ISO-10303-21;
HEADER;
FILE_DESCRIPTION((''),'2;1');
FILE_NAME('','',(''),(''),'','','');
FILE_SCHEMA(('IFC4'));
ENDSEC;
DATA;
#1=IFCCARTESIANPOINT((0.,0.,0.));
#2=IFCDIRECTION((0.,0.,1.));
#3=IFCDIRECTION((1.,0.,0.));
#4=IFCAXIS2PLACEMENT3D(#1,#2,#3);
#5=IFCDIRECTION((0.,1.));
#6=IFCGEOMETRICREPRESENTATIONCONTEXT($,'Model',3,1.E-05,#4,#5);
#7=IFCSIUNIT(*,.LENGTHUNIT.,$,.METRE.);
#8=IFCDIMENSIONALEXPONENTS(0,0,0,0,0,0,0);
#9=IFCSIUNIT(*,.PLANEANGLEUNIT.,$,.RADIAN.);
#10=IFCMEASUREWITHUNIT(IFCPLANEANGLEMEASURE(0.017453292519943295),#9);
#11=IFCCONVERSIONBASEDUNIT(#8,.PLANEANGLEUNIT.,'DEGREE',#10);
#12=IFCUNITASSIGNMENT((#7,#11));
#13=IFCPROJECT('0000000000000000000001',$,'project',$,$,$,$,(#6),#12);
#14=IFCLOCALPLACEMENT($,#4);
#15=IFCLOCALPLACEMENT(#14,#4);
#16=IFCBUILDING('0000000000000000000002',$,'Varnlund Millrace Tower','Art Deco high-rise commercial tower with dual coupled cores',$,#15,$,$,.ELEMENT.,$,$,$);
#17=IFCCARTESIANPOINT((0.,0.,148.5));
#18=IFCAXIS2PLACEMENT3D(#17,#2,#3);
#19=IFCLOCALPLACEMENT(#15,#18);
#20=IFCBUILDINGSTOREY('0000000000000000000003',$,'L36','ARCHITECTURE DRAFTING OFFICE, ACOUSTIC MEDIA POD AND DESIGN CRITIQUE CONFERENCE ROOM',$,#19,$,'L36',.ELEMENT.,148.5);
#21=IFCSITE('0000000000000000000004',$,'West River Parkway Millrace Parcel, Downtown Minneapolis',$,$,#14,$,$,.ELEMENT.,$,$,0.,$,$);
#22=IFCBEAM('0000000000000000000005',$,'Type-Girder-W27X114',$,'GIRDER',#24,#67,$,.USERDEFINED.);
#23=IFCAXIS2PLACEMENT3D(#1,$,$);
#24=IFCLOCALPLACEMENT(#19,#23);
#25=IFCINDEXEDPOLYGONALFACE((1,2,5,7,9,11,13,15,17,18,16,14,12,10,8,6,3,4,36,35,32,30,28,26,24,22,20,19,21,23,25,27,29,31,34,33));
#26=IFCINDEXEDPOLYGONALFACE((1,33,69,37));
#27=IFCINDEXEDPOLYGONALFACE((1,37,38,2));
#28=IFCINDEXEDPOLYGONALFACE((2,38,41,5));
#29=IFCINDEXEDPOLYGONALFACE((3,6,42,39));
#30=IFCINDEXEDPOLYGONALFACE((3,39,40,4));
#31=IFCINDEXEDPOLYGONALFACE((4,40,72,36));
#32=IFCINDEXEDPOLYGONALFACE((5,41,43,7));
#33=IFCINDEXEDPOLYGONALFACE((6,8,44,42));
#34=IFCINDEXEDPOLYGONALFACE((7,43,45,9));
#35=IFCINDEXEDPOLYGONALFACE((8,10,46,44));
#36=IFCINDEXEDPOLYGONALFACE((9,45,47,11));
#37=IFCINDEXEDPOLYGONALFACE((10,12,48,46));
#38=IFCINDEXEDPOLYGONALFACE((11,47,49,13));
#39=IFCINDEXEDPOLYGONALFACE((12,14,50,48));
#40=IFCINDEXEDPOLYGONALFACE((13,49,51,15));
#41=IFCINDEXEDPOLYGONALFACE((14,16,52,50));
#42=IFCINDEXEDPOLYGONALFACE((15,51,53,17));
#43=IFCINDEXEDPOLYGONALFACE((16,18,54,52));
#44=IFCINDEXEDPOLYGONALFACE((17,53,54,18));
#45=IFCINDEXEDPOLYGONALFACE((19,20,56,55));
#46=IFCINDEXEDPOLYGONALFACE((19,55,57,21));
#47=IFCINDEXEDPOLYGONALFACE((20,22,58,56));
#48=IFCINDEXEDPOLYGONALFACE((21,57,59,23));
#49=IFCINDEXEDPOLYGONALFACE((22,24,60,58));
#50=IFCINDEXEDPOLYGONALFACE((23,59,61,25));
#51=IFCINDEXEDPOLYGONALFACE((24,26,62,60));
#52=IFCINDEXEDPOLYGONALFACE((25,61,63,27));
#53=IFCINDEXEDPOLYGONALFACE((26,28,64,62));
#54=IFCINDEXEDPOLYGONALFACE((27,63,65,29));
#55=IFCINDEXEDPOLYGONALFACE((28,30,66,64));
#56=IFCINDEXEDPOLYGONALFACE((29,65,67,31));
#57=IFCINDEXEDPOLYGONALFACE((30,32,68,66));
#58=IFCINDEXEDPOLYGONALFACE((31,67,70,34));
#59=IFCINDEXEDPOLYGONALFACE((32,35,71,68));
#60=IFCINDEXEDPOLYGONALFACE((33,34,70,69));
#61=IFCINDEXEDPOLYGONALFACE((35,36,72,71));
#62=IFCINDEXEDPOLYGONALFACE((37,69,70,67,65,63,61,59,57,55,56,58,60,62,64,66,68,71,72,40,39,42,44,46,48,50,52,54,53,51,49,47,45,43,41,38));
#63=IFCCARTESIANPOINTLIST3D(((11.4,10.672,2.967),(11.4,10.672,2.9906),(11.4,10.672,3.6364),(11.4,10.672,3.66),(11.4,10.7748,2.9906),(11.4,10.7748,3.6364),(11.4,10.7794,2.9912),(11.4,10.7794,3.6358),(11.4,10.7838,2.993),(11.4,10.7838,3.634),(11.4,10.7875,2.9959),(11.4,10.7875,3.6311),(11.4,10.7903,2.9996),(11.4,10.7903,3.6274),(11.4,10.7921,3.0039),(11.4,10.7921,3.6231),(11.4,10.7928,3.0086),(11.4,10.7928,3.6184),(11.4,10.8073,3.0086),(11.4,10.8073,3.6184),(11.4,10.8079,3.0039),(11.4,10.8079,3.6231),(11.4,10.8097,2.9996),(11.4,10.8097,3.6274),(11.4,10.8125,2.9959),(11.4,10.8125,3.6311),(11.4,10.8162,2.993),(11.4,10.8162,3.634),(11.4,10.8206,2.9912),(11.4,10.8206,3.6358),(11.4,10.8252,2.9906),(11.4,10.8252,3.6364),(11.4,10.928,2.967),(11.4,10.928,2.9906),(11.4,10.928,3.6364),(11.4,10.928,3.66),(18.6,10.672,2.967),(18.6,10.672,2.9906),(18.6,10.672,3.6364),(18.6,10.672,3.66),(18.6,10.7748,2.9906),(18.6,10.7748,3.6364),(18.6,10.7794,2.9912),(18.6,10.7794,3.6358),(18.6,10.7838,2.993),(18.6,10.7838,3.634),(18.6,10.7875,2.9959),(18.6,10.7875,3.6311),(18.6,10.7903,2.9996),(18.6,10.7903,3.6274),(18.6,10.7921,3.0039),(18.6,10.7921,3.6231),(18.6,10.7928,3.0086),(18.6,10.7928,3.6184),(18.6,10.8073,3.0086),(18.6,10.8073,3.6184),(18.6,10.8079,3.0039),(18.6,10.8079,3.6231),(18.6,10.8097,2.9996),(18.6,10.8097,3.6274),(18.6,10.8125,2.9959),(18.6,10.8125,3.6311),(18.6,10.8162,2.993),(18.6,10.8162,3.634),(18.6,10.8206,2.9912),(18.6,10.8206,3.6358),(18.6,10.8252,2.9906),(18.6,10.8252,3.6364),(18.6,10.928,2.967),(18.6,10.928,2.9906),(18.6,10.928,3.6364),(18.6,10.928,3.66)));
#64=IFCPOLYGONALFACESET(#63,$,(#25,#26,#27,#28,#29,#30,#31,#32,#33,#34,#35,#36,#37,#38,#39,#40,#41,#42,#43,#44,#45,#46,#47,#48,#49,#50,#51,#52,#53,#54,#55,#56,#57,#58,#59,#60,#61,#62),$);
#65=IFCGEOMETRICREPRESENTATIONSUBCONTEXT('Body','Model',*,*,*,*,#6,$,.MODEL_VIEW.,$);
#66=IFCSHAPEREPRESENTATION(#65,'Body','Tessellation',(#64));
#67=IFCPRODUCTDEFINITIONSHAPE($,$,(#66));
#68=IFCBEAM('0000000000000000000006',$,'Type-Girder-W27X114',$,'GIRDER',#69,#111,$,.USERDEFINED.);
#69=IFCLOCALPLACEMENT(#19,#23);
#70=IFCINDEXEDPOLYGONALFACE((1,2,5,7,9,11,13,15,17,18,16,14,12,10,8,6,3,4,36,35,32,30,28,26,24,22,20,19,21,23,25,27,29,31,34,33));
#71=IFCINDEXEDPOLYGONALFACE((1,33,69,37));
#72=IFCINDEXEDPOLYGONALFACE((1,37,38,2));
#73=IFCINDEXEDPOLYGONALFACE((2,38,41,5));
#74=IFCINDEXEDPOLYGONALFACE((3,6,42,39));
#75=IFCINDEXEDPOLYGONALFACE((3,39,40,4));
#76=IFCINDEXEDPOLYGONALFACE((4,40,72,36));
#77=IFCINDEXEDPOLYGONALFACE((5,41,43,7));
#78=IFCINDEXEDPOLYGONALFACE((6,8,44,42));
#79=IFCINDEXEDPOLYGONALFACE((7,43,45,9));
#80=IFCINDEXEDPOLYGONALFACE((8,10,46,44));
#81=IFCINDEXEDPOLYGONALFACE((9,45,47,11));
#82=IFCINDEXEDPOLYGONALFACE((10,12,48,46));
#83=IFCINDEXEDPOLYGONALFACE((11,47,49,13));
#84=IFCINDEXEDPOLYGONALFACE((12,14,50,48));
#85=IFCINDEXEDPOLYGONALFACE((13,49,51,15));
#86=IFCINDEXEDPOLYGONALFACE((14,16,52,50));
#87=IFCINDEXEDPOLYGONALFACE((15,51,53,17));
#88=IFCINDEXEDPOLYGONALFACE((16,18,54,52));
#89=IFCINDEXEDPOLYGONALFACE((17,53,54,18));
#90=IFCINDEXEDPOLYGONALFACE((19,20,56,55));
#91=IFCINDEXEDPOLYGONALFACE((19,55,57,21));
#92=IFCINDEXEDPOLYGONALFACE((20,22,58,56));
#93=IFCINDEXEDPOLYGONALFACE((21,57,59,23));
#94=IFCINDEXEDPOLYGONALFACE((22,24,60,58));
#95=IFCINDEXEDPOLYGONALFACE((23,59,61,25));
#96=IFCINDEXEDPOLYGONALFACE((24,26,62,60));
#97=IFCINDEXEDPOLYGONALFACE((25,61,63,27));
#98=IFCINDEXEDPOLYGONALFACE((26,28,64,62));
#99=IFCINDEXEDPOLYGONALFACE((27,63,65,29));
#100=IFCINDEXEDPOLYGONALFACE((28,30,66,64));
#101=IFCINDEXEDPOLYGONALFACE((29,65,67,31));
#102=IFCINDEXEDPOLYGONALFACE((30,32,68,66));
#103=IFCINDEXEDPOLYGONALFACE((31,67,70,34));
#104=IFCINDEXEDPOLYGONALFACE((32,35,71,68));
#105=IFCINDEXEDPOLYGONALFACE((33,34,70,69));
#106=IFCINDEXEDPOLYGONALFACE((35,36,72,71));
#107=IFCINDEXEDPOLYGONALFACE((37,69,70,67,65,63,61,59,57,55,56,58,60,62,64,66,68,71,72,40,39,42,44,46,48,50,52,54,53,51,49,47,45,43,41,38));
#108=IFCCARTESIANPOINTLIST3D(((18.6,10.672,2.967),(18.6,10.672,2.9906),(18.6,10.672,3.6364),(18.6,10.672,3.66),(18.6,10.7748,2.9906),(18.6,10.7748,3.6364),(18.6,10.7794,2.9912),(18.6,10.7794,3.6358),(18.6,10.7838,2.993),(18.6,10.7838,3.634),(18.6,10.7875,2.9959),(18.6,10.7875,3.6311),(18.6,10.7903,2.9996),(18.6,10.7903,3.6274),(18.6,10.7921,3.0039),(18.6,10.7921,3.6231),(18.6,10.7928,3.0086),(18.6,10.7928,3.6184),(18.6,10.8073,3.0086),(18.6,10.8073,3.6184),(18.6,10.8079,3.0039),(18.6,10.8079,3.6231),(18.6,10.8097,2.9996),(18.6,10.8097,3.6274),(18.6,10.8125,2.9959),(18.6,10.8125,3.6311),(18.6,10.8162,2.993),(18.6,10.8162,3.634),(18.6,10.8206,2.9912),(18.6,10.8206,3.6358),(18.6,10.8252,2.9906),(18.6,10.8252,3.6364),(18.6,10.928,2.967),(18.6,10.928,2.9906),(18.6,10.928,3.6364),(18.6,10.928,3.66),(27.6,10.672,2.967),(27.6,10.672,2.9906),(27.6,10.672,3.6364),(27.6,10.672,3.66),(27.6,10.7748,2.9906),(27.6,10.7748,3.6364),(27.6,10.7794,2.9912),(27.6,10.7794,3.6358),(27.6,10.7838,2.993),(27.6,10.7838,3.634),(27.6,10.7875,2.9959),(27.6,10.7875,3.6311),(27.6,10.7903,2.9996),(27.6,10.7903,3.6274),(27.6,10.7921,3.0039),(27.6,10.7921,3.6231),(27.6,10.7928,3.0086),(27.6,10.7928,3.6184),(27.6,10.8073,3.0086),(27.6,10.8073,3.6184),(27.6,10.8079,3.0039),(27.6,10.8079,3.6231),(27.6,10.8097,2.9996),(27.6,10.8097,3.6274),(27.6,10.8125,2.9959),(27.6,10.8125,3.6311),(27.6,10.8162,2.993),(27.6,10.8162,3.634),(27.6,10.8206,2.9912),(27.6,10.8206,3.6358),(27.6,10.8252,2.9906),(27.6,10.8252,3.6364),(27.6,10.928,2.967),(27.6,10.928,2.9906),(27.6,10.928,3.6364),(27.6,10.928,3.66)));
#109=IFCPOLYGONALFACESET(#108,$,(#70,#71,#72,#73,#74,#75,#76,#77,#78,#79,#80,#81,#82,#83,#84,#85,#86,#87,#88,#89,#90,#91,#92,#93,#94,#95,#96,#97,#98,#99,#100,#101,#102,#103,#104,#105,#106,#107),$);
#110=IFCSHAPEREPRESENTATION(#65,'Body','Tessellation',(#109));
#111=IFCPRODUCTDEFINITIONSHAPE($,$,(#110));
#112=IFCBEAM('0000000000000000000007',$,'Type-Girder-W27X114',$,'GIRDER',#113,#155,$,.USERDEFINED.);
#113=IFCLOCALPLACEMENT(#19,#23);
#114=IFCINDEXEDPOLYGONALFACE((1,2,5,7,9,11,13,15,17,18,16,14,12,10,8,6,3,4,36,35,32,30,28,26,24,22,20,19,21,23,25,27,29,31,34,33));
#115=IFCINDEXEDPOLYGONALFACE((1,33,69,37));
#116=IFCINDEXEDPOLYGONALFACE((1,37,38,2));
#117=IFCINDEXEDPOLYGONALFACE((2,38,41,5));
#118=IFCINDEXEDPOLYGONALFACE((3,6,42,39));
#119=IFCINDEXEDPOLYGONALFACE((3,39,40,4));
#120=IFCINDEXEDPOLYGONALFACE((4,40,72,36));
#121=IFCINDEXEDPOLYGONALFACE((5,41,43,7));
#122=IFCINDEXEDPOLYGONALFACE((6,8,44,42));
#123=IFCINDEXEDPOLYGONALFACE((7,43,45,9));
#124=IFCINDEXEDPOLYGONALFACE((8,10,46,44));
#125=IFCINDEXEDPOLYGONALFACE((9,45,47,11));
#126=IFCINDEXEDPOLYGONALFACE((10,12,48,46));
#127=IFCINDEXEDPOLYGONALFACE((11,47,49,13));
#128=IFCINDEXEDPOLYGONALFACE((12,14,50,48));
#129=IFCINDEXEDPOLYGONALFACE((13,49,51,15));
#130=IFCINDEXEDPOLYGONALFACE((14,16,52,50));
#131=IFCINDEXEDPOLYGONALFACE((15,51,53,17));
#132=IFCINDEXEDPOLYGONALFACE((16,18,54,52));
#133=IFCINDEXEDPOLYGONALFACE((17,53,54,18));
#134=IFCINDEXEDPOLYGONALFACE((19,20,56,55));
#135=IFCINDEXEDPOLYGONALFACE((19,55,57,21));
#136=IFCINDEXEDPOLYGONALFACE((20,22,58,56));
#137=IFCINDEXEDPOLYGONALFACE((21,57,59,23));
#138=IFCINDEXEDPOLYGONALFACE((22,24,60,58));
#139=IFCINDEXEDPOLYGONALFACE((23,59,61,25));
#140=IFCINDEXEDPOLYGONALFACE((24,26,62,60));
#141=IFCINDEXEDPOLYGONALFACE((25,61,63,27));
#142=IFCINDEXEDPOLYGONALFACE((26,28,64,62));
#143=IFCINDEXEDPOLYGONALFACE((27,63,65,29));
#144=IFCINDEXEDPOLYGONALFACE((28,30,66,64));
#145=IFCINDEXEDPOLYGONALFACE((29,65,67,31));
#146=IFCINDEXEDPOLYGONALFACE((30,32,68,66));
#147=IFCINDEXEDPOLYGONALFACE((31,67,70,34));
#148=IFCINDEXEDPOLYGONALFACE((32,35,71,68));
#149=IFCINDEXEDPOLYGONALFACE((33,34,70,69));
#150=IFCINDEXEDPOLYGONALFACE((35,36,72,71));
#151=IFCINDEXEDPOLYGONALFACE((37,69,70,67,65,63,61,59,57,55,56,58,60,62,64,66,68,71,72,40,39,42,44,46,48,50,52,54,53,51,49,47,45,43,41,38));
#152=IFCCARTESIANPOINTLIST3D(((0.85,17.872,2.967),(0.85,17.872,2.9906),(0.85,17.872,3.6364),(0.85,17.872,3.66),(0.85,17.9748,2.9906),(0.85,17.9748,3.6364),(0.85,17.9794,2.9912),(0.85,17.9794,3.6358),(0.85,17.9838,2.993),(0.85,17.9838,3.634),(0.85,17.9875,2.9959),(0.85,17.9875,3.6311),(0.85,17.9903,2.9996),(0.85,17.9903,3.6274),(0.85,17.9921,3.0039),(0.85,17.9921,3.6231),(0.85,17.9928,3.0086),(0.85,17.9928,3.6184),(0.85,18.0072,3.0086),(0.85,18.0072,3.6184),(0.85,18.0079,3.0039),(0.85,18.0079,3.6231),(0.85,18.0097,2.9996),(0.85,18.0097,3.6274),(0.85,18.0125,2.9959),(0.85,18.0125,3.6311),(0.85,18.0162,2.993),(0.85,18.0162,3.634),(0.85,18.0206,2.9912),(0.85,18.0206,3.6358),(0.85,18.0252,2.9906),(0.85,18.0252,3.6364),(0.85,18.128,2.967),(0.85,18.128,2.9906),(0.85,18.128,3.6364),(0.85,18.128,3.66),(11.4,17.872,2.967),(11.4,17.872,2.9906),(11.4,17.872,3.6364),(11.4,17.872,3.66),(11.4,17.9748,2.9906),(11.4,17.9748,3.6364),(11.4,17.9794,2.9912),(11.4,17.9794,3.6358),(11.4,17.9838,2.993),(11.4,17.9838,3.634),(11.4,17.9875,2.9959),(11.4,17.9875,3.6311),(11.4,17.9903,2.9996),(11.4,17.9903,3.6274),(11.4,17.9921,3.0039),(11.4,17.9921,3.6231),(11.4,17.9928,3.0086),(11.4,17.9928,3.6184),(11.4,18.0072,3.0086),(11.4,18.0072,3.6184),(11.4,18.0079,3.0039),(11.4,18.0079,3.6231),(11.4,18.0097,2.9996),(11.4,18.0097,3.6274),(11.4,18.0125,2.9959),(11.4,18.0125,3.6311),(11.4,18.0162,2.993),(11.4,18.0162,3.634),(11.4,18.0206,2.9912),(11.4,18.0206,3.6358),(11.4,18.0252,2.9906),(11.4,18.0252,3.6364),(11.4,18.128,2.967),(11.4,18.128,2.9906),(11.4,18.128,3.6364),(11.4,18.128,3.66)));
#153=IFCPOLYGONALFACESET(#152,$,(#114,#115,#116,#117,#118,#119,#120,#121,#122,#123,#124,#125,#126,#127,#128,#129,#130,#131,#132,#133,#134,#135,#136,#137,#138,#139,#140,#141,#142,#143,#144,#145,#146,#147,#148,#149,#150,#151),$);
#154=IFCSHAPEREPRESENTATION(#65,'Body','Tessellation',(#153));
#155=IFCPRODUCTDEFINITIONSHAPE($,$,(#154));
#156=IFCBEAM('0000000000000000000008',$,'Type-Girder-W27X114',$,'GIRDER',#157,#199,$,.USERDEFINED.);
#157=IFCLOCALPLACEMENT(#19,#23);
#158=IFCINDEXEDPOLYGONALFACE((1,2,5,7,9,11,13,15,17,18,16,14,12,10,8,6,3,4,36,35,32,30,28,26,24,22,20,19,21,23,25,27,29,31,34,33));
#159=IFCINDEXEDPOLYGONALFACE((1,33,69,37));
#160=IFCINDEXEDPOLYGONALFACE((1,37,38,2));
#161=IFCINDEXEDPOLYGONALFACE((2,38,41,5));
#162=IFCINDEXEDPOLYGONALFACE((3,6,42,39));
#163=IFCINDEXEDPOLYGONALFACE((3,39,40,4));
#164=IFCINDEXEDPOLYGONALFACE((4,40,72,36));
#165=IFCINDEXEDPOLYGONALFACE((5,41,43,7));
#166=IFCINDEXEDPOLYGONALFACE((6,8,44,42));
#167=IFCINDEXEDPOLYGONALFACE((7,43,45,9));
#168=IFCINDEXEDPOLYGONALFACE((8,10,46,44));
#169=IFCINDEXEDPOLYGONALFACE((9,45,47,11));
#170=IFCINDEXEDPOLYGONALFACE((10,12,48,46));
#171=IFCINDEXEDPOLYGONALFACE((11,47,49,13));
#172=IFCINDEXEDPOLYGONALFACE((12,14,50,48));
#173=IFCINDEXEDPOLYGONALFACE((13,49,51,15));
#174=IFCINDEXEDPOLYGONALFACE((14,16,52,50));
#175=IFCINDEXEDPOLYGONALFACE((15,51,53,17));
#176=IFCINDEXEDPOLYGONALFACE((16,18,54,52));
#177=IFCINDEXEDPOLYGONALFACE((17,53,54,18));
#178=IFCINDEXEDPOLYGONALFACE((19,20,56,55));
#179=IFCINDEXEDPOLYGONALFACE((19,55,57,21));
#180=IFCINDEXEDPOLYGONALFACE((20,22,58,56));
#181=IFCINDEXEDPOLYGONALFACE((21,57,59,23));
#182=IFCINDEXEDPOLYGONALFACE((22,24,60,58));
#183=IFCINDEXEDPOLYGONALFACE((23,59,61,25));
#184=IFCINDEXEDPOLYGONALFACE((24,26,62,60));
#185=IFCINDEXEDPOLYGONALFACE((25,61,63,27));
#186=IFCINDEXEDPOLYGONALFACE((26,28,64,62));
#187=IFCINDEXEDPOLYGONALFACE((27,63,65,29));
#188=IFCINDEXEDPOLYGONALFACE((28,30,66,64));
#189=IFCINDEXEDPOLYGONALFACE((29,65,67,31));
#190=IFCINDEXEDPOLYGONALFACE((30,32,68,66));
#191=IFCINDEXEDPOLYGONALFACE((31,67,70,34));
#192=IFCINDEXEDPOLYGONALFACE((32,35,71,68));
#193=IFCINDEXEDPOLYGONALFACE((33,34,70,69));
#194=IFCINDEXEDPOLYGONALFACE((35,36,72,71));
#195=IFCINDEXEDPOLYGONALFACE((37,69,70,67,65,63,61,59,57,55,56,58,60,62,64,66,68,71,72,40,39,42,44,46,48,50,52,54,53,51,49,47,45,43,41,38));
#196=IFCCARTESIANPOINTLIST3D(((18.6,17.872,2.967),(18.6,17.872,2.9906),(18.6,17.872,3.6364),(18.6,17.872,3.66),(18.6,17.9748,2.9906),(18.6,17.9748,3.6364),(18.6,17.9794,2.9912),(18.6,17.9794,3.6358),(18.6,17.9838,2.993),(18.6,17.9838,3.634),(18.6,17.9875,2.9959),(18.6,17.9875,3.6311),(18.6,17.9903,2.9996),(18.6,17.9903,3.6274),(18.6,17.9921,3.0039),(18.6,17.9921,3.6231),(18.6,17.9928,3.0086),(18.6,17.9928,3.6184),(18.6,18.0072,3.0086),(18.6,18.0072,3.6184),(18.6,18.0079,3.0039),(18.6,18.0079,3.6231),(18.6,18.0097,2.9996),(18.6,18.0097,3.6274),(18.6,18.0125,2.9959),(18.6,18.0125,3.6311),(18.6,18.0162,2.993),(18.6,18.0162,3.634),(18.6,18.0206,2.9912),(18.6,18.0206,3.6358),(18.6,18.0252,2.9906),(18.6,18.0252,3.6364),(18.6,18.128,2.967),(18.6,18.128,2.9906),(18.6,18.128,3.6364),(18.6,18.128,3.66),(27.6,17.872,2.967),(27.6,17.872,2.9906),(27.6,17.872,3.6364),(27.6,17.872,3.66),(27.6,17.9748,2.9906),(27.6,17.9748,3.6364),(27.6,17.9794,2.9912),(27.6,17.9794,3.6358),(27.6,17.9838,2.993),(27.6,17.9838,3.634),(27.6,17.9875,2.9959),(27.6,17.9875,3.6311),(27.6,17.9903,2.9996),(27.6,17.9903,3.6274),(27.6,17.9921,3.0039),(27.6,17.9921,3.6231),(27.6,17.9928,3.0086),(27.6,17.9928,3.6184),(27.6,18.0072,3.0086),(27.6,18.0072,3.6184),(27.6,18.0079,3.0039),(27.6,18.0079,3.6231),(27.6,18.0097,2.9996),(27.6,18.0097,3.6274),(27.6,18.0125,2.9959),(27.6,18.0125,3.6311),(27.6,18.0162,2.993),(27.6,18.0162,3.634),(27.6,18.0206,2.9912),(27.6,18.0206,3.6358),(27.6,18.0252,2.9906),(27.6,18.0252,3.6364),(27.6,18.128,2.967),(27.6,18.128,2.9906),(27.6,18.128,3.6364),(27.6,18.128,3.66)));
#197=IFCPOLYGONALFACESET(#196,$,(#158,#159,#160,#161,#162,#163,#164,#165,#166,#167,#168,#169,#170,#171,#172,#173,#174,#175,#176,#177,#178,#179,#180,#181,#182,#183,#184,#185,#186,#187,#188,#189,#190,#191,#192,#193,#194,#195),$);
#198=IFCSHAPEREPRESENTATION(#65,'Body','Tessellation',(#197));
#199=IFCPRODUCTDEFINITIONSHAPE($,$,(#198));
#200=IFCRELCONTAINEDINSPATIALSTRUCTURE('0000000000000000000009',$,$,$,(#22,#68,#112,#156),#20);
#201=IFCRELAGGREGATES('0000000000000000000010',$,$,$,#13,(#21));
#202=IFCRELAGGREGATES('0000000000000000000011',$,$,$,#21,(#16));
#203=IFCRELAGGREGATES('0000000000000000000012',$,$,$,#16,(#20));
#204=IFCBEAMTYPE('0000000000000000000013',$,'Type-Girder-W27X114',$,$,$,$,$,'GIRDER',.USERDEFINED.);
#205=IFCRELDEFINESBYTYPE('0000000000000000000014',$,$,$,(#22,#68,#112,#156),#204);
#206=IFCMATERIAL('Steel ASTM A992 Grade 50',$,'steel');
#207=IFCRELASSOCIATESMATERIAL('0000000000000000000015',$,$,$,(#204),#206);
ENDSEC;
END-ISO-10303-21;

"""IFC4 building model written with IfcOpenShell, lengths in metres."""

from ifc_helpers import new_model, entity, si_unit, converted_unit, direction, frame, origin_with_axes, origin_2d_with_axis, place, context, subcontext, project, spatial, i_section, extrude, material, material_profile, profile_set, type_object, element, save


model = new_model("IFC4")

# Units and contexts
model_context = context("Model", 3, precision=1e-05, world=origin_with_axes(), true_north=direction((0.0, 1.0)))
body_context = subcontext(model_context, "Body", "Model", "MODEL_VIEW")
ifc_project = project(units=[si_unit("LENGTHUNIT", "METRE"), converted_unit("PLANEANGLEUNIT", "DEGREE", entity("IfcPlaneAngleMeasure", 0.017453292519943295), si_unit("PLANEANGLEUNIT", "RADIAN"), dimensions=[0, 0, 0, 0, 0, 0, 0])], contexts=[model_context])

# Site, building, storey
site_placement = place(None, origin_with_axes())
site = spatial("IfcSite", under=ifc_project, at=site_placement, Name="West River Parkway Millrace Parcel, Downtown Minneapolis", CompositionType="ELEMENT", RefElevation=0.0)
building_placement = place(site_placement, origin_with_axes())
building = spatial("IfcBuilding", under=site, at=building_placement, Name="Varnlund Millrace Tower", Description="Art Deco high-rise commercial tower with dual coupled cores", CompositionType="ELEMENT")
storey_placement = place(building_placement, frame((0.0, 0.0, 148.5), z_axis=(0.0, 0.0, 1.0), x_axis=(1.0, 0.0, 0.0)))
storey = spatial("IfcBuildingStorey", under=building, at=storey_placement, Name="L36", Description="ARCHITECTURE DRAFTING OFFICE, ACOUSTIC MEDIA POD AND DESIGN CRITIQUE CONFERENCE ROOM", LongName="L36", CompositionType="ELEMENT", Elevation=148.5)

# Beams
ifc_material_1 = material(Name="Steel ASTM A992 Grade 50", Category="steel")
ifc_material_profile_1 = material_profile(ifc_material_1, i_section(OverallWidth=0.256, OverallDepth=0.693, WebThickness=0.0145, FlangeThickness=0.0236, FilletRadius=0.018, at=origin_2d_with_axis()), Name="Steel ASTM A992 Grade 50")
ifc_profile_set_1 = profile_set([ifc_material_profile_1], Name="Steel ASTM A992 Grade 50")
beam_type_1 = type_object("IfcBeamType", Name="Type-Girder-W27X114", ElementType="GIRDER", PredefinedType="USERDEFINED", material=ifc_profile_set_1)
beam_1_placement = place(storey_placement, frame((11.4, 10.8, 3.3135), z_axis=(1.0, 0.0, 0.0), x_axis=(0.0, 1.0, 0.0)))
element("IfcBeam", 1, at=beam_1_placement, inside=storey, type_object=beam_type_1, Name="Type-Girder-W27X114", ObjectType="GIRDER", PredefinedType="USERDEFINED", context=body_context, shape_type="SweptSolid", body=[
    extrude(i_section(OverallWidth=0.256, OverallDepth=0.693, WebThickness=0.0145, FlangeThickness=0.0236, FilletRadius=0.018, at=origin_2d_with_axis()), origin_with_axes(), (0.0, 0.0, 1.0), 7.2),
])
beam_2_placement = place(storey_placement, frame((18.6, 10.8, 3.3135), z_axis=(1.0, 0.0, 0.0), x_axis=(0.0, 1.0, 0.0)))
element("IfcBeam", 2, at=beam_2_placement, inside=storey, type_object=beam_type_1, Name="Type-Girder-W27X114", ObjectType="GIRDER", PredefinedType="USERDEFINED", context=body_context, shape_type="SweptSolid", body=[
    extrude(i_section(OverallWidth=0.256, OverallDepth=0.693, WebThickness=0.0145, FlangeThickness=0.0236, FilletRadius=0.018, at=origin_2d_with_axis()), origin_with_axes(), (0.0, 0.0, 1.0), 9.0),
])
beam_3_placement = place(storey_placement, frame((0.85, 18.0, 3.3135), z_axis=(1.0, 0.0, 0.0), x_axis=(0.0, 1.0, 0.0)))
element("IfcBeam", 3, at=beam_3_placement, inside=storey, type_object=beam_type_1, Name="Type-Girder-W27X114", ObjectType="GIRDER", PredefinedType="USERDEFINED", context=body_context, shape_type="SweptSolid", body=[
    extrude(i_section(OverallWidth=0.256, OverallDepth=0.693, WebThickness=0.0145, FlangeThickness=0.0236, FilletRadius=0.018, at=origin_2d_with_axis()), origin_with_axes(), (0.0, 0.0, 1.0), 10.55),
])
beam_4_placement = place(storey_placement, frame((18.6, 18.0, 3.3135), z_axis=(1.0, 0.0, 0.0), x_axis=(0.0, 1.0, 0.0)))
element("IfcBeam", 4, at=beam_4_placement, inside=storey, type_object=beam_type_1, Name="Type-Girder-W27X114", ObjectType="GIRDER", PredefinedType="USERDEFINED", context=body_context, shape_type="SweptSolid", body=[
    extrude(i_section(OverallWidth=0.256, OverallDepth=0.693, WebThickness=0.0145, FlangeThickness=0.0236, FilletRadius=0.018, at=origin_2d_with_axis()), origin_with_axes(), (0.0, 0.0, 1.0), 9.0),
])

save(model, "model.ifc")
